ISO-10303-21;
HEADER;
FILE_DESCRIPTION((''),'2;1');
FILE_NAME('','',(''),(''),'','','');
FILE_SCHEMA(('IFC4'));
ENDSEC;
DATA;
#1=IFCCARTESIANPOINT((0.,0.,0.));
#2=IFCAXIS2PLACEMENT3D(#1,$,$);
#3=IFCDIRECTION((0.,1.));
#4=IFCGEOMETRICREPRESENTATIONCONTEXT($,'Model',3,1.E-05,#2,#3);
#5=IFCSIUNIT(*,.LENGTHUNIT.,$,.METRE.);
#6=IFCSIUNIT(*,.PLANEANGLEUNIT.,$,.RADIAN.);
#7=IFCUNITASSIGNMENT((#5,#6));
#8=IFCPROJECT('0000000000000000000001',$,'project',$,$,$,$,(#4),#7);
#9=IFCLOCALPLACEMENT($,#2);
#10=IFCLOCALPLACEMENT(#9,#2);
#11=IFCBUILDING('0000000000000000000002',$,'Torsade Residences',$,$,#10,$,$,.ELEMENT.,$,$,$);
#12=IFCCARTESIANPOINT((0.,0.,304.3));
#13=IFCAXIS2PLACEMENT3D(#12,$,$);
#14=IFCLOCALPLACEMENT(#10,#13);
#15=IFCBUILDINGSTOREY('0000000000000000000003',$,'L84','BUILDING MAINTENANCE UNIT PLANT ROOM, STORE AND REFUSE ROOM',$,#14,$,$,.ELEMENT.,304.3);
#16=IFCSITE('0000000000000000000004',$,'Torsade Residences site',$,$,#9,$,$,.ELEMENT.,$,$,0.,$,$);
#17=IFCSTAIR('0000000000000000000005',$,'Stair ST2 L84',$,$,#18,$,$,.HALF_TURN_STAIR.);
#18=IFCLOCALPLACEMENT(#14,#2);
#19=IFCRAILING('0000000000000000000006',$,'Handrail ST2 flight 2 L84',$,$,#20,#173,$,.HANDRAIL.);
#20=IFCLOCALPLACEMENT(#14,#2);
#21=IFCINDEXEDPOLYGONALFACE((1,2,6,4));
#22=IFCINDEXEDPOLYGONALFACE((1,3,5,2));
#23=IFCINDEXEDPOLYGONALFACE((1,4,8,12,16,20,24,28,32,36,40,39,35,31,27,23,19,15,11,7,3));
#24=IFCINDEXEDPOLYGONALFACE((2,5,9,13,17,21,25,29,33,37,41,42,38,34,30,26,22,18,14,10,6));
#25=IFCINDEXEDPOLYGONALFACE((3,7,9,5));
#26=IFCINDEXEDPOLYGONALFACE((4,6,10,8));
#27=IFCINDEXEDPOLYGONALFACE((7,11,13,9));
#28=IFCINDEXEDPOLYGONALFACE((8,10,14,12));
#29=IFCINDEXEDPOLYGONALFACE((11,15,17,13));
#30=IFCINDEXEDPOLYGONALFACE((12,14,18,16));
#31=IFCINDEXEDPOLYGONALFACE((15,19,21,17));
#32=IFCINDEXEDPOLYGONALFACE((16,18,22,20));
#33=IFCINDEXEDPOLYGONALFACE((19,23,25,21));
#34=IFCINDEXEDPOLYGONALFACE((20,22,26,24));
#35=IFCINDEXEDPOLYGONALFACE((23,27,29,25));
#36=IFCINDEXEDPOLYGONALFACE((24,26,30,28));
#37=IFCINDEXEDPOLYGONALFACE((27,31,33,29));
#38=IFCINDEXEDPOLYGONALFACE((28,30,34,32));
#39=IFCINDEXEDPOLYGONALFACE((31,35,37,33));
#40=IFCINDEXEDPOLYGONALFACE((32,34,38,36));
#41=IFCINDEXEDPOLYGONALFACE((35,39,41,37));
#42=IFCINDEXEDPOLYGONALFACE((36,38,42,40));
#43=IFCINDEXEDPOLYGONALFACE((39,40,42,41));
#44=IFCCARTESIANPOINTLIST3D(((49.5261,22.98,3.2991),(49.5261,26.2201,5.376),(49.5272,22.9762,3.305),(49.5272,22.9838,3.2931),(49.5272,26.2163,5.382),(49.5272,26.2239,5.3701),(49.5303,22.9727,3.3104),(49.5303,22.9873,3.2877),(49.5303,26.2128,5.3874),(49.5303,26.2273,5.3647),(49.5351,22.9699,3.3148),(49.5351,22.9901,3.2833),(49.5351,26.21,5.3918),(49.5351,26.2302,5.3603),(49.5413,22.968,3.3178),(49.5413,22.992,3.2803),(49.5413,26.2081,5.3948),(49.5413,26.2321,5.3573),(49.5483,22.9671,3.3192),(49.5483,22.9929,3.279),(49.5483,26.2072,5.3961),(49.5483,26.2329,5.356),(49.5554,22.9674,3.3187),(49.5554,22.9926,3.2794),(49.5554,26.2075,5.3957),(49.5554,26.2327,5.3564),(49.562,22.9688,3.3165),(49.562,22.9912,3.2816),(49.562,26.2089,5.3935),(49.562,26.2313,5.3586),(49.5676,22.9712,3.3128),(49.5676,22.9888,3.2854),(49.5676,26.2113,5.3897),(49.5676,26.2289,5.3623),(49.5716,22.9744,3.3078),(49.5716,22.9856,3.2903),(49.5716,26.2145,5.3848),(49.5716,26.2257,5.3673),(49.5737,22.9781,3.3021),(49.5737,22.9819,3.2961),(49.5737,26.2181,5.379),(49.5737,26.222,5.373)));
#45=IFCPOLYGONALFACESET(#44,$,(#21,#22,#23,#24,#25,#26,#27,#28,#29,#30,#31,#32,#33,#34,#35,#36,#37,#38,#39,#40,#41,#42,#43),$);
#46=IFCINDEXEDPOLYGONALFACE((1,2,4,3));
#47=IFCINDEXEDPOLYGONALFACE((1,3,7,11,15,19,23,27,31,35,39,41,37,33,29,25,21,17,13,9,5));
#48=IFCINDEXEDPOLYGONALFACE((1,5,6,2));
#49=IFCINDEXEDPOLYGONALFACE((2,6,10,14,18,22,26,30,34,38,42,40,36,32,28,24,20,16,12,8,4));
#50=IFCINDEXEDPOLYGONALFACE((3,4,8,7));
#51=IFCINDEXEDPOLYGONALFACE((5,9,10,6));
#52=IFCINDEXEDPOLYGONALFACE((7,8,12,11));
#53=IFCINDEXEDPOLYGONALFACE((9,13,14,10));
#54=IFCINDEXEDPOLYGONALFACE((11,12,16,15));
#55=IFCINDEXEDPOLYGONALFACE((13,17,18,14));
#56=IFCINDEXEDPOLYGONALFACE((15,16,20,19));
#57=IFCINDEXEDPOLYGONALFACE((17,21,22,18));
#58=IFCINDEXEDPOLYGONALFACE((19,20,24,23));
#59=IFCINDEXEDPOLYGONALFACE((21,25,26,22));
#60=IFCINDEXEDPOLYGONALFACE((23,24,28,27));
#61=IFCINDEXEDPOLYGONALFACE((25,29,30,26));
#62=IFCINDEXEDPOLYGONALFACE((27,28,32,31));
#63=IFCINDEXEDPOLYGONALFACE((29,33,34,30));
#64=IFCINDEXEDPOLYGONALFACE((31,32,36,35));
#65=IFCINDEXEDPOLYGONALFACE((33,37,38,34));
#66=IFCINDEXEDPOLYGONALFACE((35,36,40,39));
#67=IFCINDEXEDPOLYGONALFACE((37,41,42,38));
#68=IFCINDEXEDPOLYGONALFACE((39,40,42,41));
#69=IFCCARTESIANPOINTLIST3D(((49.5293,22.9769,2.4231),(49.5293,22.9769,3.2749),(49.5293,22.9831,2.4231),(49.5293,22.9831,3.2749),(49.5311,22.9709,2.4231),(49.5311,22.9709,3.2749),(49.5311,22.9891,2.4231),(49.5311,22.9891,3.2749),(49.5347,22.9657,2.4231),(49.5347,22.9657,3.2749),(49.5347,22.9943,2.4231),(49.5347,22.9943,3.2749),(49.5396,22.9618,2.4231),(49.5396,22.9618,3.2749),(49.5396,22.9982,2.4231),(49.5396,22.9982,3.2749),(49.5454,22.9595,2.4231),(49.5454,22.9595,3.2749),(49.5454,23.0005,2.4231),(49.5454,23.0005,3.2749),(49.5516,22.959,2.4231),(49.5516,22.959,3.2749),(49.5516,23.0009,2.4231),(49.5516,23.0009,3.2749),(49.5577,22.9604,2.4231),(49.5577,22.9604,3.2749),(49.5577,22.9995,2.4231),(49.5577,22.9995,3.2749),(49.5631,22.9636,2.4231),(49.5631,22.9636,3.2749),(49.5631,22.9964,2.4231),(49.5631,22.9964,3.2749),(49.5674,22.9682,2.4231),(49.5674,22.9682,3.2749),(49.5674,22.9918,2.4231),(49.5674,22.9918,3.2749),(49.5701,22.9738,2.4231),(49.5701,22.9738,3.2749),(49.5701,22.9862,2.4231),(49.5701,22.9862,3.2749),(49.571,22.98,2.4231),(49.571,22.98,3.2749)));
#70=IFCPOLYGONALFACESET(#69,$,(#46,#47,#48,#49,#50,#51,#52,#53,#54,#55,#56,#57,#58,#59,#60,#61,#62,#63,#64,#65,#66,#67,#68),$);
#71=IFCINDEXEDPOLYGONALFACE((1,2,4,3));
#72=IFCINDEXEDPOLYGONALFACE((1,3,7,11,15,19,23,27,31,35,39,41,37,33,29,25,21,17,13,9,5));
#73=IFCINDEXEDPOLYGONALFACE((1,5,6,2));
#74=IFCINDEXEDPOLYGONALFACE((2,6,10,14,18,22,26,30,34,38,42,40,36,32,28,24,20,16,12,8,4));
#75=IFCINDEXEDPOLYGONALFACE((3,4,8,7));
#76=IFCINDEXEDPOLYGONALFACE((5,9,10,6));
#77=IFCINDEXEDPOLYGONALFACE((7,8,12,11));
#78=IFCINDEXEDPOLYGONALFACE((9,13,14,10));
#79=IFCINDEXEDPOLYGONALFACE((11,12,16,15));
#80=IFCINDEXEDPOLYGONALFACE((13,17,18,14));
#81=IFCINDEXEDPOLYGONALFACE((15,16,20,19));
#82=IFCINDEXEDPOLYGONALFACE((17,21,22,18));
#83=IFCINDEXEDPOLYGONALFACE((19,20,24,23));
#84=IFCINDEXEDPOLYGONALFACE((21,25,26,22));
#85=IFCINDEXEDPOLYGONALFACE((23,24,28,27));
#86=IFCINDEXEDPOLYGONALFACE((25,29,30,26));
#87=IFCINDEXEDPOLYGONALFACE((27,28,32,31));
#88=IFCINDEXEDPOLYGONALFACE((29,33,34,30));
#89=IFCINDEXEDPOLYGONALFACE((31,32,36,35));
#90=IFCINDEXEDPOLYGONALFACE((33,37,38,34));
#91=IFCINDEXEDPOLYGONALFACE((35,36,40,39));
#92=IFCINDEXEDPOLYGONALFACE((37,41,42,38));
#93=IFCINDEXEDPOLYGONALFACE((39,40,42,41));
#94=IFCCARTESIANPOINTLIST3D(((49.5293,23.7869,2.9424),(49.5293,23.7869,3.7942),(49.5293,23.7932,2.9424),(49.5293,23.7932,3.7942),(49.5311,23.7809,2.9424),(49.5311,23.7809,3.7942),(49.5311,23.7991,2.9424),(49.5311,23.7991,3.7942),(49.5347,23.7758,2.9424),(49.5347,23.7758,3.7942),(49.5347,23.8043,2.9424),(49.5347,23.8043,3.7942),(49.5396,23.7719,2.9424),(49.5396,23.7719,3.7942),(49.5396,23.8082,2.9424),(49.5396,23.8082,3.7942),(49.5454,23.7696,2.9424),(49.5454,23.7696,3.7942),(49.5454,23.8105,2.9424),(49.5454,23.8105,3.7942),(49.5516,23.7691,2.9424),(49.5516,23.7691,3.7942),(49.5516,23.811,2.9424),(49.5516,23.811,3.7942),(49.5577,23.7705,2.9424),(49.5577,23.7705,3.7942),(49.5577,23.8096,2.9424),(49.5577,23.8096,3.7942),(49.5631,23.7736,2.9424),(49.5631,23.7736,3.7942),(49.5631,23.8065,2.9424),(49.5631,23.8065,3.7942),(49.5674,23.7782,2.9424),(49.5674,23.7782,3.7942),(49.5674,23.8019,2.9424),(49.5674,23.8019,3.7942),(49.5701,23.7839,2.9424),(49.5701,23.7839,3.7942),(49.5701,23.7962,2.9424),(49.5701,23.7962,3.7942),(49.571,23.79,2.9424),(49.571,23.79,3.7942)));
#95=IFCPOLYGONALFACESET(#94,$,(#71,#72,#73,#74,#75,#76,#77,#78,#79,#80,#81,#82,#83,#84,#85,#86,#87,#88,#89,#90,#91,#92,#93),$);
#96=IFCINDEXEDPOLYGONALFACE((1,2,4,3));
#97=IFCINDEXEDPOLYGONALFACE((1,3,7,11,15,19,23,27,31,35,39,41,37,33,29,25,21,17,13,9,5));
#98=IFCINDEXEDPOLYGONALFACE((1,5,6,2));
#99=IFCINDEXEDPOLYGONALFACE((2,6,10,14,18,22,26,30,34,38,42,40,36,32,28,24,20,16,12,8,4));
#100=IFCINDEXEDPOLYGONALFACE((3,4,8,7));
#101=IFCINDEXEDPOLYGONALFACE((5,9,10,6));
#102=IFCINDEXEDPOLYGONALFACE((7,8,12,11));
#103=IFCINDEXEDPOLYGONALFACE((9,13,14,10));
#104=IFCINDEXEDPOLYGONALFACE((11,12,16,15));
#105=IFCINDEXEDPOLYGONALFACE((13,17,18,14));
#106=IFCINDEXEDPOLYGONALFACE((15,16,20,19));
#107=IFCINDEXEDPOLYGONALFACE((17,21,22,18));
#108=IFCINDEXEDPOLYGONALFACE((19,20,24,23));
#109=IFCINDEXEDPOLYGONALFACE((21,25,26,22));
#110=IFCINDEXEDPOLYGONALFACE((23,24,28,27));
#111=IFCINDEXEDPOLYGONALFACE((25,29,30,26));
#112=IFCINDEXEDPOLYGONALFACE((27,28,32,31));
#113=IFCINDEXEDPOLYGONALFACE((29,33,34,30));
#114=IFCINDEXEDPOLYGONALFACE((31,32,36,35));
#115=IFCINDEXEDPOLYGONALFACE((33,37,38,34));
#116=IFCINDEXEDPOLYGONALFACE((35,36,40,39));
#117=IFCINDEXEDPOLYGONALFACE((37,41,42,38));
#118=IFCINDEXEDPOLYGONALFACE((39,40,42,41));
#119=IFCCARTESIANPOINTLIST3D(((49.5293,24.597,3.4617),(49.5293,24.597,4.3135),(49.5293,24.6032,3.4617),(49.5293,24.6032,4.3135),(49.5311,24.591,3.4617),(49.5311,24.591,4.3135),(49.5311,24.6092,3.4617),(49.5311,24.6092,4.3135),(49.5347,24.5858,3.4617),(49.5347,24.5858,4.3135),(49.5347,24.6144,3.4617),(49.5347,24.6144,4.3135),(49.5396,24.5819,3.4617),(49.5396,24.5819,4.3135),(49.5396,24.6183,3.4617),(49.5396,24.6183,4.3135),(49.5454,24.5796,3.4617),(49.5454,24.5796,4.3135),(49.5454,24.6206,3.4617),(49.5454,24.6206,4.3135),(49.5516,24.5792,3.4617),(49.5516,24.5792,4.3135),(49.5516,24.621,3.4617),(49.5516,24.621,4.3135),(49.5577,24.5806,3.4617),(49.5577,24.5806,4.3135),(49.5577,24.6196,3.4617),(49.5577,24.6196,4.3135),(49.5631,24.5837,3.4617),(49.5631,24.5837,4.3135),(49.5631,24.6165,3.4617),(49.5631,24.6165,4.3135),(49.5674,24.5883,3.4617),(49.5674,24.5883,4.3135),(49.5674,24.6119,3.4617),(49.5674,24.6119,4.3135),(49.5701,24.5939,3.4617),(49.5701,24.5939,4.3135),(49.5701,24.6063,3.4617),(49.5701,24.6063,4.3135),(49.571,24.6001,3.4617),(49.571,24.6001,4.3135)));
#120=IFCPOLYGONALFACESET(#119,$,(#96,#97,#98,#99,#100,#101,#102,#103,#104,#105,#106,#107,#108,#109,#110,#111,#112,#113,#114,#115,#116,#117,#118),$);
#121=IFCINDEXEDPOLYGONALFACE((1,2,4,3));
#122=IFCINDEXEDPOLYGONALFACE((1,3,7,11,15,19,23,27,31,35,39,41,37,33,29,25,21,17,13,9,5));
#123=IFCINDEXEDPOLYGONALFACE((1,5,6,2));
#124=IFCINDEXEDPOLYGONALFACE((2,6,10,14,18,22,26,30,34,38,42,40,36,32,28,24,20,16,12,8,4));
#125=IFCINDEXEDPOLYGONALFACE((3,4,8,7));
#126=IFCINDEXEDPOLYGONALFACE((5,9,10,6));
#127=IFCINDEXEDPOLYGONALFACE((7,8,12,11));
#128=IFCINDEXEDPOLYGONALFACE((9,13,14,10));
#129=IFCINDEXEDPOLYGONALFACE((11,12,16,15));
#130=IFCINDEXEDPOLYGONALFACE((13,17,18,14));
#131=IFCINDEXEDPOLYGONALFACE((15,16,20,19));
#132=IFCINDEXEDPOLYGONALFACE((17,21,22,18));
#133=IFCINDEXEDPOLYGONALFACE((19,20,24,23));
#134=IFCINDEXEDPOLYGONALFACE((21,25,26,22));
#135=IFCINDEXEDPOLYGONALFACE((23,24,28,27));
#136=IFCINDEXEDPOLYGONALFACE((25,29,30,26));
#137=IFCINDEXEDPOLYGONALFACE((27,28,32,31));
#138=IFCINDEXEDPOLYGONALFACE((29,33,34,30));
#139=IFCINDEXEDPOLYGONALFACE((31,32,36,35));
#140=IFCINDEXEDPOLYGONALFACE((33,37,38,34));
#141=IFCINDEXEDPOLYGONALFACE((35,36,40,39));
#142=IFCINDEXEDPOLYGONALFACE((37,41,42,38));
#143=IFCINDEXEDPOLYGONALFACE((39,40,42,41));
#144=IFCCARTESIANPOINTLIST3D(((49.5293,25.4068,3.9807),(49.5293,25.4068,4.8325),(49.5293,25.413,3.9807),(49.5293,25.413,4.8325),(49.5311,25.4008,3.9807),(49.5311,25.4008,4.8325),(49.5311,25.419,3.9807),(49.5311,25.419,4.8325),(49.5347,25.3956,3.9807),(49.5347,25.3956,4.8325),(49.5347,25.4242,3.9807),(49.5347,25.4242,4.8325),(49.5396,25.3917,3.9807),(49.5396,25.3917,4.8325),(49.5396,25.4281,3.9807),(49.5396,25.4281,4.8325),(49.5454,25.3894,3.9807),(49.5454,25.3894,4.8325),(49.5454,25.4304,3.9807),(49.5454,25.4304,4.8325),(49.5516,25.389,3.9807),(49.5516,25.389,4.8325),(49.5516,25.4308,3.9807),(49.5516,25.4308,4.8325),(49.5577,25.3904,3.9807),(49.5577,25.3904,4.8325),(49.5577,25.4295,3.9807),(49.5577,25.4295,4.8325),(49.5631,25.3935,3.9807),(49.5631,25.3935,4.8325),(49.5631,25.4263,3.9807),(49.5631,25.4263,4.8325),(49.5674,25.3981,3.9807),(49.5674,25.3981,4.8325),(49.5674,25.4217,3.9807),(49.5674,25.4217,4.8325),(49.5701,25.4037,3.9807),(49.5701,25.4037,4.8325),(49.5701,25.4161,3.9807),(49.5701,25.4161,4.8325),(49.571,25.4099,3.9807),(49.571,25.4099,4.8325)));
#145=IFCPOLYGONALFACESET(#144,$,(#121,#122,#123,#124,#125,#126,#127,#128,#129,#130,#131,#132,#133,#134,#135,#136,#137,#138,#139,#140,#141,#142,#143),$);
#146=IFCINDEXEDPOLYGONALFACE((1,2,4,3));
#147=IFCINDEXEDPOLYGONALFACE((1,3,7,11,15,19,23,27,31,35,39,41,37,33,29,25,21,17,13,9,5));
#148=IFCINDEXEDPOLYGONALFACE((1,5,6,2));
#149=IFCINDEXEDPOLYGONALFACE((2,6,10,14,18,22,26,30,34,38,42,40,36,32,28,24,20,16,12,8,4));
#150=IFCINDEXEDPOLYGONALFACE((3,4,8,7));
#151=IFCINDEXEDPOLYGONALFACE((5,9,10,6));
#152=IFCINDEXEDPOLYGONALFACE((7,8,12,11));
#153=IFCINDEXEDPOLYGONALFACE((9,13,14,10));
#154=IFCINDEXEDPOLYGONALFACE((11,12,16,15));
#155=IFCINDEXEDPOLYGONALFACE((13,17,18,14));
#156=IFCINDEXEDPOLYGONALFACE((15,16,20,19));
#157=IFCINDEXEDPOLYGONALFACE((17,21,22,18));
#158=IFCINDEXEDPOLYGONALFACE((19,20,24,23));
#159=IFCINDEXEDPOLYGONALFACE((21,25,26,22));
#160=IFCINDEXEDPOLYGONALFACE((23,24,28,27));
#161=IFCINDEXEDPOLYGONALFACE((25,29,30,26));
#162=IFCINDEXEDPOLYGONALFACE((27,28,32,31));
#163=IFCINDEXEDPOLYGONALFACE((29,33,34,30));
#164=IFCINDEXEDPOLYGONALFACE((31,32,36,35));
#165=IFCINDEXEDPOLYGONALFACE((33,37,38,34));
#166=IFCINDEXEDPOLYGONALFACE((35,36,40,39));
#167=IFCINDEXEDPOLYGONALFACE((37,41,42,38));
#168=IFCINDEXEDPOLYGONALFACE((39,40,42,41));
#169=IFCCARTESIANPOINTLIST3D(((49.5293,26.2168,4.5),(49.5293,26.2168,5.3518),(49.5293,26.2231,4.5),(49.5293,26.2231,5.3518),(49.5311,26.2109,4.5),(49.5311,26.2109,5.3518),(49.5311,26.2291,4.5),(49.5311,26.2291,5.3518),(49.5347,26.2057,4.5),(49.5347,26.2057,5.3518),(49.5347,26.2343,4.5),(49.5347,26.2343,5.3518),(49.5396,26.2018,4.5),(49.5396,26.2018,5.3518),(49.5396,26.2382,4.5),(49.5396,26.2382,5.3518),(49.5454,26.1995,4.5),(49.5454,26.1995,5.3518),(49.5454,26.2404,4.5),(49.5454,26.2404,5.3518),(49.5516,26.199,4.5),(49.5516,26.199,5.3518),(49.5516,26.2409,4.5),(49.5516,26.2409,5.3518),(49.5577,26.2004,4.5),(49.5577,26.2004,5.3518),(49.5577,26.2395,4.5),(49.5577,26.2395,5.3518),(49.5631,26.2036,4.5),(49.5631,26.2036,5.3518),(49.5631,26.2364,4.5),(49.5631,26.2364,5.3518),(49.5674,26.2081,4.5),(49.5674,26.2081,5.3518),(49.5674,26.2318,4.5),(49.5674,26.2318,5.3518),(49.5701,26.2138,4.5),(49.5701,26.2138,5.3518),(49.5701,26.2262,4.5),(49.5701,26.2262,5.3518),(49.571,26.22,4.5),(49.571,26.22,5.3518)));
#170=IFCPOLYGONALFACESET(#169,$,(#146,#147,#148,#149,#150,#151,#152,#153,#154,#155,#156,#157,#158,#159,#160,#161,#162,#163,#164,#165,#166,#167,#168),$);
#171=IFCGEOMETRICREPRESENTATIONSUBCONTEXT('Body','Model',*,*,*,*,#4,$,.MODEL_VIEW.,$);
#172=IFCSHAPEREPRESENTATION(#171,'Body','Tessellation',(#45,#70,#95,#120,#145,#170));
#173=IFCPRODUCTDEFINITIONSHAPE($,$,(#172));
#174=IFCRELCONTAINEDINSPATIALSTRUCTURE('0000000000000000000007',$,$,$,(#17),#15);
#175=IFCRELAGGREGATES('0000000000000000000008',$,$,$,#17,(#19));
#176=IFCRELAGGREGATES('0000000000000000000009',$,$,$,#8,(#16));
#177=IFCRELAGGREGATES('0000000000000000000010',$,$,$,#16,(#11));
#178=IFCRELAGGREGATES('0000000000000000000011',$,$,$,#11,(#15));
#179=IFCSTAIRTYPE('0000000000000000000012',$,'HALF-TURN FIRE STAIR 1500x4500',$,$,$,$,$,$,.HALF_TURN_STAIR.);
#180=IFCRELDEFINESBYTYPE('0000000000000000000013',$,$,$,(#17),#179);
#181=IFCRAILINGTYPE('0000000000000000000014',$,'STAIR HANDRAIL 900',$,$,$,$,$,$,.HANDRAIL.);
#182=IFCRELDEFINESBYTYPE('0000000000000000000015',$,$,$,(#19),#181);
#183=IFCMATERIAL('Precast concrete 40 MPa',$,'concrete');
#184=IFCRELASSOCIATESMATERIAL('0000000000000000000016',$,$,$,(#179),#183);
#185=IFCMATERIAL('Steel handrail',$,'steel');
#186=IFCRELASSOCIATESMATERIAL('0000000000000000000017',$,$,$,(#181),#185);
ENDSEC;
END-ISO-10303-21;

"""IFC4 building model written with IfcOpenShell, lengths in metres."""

from ifc_helpers import new_model, si_unit, direction, frame, origin, origin_2d, place, context, subcontext, project, spatial, circle, extrude, material, type_object, element, aggregate, save


model = new_model("IFC4")

# Units and contexts
model_context = context("Model", 3, precision=1e-05, world=origin(), true_north=direction((0.0, 1.0)))
body_context = subcontext(model_context, "Body", "Model", "MODEL_VIEW")
ifc_project = project(units=[si_unit("LENGTHUNIT", "METRE"), si_unit("PLANEANGLEUNIT", "RADIAN")], contexts=[model_context])

# Site, building, storey
site_placement = place(None, origin())
site = spatial("IfcSite", under=ifc_project, at=site_placement, Name="Torsade Residences site", CompositionType="ELEMENT", RefElevation=0.0)
building_placement = place(site_placement, origin())
building = spatial("IfcBuilding", under=site, at=building_placement, Name="Torsade Residences", CompositionType="ELEMENT")
storey_placement = place(building_placement, frame((0.0, 0.0, 304.3)))
storey = spatial("IfcBuildingStorey", under=building, at=storey_placement, Name="L84", Description="BUILDING MAINTENANCE UNIT PLANT ROOM, STORE AND REFUSE ROOM", CompositionType="ELEMENT", Elevation=304.3)

# Stair, railing
ifc_material_1 = material(Name="Precast concrete 40 MPa", Category="concrete")
stair_type = type_object("IfcStairType", Name="HALF-TURN FIRE STAIR 1500x4500", PredefinedType="HALF_TURN_STAIR", material=ifc_material_1)
stair_placement = place(storey_placement, origin())
stair = element("IfcStair", 1, at=stair_placement, inside=storey, type_object=stair_type, Name="Stair ST2 L84", PredefinedType="HALF_TURN_STAIR")
ifc_material_2 = material(Name="Steel handrail", Category="steel")
railing_type = type_object("IfcRailingType", Name="STAIR HANDRAIL 900", PredefinedType="HANDRAIL", material=ifc_material_2)
railing_1_placement = place(storey_placement, frame((49.55, 22.98, 2.4231)))
railing_1 = element("IfcRailing", 2, at=railing_1_placement, type_object=railing_type, Name="Handrail ST2 flight 2 L84", PredefinedType="HANDRAIL", context=body_context, shape_type="SweptSolid", body=[
    extrude(circle(Radius=0.0239, at=origin_2d()), frame((0.0, 0.0, 0.876), z_axis=(0.0, 0.841881, 0.539664), x_axis=(-1.0, 0.0, 0.0)), (0.0, 0.0, 1.0), 3.8486),
    extrude(circle(Radius=0.021, at=origin_2d()), origin(), (0.0, 0.0, 1.0), 0.8518),
    extrude(circle(Radius=0.021, at=origin_2d()), frame((0.0, 0.8101, 0.5193)), (0.0, 0.0, 1.0), 0.8518),
    extrude(circle(Radius=0.021, at=origin_2d()), frame((0.0, 1.6201, 1.0386)), (0.0, 0.0, 1.0), 0.8518),
    extrude(circle(Radius=0.021, at=origin_2d()), frame((0.0, 2.4299, 1.5576)), (0.0, 0.0, 1.0), 0.8518),
    extrude(circle(Radius=0.021, at=origin_2d()), frame((0.0, 3.24, 2.0769)), (0.0, 0.0, 1.0), 0.8518),
])
aggregate(stair, [railing_1])

save(model, "model.ifc")
